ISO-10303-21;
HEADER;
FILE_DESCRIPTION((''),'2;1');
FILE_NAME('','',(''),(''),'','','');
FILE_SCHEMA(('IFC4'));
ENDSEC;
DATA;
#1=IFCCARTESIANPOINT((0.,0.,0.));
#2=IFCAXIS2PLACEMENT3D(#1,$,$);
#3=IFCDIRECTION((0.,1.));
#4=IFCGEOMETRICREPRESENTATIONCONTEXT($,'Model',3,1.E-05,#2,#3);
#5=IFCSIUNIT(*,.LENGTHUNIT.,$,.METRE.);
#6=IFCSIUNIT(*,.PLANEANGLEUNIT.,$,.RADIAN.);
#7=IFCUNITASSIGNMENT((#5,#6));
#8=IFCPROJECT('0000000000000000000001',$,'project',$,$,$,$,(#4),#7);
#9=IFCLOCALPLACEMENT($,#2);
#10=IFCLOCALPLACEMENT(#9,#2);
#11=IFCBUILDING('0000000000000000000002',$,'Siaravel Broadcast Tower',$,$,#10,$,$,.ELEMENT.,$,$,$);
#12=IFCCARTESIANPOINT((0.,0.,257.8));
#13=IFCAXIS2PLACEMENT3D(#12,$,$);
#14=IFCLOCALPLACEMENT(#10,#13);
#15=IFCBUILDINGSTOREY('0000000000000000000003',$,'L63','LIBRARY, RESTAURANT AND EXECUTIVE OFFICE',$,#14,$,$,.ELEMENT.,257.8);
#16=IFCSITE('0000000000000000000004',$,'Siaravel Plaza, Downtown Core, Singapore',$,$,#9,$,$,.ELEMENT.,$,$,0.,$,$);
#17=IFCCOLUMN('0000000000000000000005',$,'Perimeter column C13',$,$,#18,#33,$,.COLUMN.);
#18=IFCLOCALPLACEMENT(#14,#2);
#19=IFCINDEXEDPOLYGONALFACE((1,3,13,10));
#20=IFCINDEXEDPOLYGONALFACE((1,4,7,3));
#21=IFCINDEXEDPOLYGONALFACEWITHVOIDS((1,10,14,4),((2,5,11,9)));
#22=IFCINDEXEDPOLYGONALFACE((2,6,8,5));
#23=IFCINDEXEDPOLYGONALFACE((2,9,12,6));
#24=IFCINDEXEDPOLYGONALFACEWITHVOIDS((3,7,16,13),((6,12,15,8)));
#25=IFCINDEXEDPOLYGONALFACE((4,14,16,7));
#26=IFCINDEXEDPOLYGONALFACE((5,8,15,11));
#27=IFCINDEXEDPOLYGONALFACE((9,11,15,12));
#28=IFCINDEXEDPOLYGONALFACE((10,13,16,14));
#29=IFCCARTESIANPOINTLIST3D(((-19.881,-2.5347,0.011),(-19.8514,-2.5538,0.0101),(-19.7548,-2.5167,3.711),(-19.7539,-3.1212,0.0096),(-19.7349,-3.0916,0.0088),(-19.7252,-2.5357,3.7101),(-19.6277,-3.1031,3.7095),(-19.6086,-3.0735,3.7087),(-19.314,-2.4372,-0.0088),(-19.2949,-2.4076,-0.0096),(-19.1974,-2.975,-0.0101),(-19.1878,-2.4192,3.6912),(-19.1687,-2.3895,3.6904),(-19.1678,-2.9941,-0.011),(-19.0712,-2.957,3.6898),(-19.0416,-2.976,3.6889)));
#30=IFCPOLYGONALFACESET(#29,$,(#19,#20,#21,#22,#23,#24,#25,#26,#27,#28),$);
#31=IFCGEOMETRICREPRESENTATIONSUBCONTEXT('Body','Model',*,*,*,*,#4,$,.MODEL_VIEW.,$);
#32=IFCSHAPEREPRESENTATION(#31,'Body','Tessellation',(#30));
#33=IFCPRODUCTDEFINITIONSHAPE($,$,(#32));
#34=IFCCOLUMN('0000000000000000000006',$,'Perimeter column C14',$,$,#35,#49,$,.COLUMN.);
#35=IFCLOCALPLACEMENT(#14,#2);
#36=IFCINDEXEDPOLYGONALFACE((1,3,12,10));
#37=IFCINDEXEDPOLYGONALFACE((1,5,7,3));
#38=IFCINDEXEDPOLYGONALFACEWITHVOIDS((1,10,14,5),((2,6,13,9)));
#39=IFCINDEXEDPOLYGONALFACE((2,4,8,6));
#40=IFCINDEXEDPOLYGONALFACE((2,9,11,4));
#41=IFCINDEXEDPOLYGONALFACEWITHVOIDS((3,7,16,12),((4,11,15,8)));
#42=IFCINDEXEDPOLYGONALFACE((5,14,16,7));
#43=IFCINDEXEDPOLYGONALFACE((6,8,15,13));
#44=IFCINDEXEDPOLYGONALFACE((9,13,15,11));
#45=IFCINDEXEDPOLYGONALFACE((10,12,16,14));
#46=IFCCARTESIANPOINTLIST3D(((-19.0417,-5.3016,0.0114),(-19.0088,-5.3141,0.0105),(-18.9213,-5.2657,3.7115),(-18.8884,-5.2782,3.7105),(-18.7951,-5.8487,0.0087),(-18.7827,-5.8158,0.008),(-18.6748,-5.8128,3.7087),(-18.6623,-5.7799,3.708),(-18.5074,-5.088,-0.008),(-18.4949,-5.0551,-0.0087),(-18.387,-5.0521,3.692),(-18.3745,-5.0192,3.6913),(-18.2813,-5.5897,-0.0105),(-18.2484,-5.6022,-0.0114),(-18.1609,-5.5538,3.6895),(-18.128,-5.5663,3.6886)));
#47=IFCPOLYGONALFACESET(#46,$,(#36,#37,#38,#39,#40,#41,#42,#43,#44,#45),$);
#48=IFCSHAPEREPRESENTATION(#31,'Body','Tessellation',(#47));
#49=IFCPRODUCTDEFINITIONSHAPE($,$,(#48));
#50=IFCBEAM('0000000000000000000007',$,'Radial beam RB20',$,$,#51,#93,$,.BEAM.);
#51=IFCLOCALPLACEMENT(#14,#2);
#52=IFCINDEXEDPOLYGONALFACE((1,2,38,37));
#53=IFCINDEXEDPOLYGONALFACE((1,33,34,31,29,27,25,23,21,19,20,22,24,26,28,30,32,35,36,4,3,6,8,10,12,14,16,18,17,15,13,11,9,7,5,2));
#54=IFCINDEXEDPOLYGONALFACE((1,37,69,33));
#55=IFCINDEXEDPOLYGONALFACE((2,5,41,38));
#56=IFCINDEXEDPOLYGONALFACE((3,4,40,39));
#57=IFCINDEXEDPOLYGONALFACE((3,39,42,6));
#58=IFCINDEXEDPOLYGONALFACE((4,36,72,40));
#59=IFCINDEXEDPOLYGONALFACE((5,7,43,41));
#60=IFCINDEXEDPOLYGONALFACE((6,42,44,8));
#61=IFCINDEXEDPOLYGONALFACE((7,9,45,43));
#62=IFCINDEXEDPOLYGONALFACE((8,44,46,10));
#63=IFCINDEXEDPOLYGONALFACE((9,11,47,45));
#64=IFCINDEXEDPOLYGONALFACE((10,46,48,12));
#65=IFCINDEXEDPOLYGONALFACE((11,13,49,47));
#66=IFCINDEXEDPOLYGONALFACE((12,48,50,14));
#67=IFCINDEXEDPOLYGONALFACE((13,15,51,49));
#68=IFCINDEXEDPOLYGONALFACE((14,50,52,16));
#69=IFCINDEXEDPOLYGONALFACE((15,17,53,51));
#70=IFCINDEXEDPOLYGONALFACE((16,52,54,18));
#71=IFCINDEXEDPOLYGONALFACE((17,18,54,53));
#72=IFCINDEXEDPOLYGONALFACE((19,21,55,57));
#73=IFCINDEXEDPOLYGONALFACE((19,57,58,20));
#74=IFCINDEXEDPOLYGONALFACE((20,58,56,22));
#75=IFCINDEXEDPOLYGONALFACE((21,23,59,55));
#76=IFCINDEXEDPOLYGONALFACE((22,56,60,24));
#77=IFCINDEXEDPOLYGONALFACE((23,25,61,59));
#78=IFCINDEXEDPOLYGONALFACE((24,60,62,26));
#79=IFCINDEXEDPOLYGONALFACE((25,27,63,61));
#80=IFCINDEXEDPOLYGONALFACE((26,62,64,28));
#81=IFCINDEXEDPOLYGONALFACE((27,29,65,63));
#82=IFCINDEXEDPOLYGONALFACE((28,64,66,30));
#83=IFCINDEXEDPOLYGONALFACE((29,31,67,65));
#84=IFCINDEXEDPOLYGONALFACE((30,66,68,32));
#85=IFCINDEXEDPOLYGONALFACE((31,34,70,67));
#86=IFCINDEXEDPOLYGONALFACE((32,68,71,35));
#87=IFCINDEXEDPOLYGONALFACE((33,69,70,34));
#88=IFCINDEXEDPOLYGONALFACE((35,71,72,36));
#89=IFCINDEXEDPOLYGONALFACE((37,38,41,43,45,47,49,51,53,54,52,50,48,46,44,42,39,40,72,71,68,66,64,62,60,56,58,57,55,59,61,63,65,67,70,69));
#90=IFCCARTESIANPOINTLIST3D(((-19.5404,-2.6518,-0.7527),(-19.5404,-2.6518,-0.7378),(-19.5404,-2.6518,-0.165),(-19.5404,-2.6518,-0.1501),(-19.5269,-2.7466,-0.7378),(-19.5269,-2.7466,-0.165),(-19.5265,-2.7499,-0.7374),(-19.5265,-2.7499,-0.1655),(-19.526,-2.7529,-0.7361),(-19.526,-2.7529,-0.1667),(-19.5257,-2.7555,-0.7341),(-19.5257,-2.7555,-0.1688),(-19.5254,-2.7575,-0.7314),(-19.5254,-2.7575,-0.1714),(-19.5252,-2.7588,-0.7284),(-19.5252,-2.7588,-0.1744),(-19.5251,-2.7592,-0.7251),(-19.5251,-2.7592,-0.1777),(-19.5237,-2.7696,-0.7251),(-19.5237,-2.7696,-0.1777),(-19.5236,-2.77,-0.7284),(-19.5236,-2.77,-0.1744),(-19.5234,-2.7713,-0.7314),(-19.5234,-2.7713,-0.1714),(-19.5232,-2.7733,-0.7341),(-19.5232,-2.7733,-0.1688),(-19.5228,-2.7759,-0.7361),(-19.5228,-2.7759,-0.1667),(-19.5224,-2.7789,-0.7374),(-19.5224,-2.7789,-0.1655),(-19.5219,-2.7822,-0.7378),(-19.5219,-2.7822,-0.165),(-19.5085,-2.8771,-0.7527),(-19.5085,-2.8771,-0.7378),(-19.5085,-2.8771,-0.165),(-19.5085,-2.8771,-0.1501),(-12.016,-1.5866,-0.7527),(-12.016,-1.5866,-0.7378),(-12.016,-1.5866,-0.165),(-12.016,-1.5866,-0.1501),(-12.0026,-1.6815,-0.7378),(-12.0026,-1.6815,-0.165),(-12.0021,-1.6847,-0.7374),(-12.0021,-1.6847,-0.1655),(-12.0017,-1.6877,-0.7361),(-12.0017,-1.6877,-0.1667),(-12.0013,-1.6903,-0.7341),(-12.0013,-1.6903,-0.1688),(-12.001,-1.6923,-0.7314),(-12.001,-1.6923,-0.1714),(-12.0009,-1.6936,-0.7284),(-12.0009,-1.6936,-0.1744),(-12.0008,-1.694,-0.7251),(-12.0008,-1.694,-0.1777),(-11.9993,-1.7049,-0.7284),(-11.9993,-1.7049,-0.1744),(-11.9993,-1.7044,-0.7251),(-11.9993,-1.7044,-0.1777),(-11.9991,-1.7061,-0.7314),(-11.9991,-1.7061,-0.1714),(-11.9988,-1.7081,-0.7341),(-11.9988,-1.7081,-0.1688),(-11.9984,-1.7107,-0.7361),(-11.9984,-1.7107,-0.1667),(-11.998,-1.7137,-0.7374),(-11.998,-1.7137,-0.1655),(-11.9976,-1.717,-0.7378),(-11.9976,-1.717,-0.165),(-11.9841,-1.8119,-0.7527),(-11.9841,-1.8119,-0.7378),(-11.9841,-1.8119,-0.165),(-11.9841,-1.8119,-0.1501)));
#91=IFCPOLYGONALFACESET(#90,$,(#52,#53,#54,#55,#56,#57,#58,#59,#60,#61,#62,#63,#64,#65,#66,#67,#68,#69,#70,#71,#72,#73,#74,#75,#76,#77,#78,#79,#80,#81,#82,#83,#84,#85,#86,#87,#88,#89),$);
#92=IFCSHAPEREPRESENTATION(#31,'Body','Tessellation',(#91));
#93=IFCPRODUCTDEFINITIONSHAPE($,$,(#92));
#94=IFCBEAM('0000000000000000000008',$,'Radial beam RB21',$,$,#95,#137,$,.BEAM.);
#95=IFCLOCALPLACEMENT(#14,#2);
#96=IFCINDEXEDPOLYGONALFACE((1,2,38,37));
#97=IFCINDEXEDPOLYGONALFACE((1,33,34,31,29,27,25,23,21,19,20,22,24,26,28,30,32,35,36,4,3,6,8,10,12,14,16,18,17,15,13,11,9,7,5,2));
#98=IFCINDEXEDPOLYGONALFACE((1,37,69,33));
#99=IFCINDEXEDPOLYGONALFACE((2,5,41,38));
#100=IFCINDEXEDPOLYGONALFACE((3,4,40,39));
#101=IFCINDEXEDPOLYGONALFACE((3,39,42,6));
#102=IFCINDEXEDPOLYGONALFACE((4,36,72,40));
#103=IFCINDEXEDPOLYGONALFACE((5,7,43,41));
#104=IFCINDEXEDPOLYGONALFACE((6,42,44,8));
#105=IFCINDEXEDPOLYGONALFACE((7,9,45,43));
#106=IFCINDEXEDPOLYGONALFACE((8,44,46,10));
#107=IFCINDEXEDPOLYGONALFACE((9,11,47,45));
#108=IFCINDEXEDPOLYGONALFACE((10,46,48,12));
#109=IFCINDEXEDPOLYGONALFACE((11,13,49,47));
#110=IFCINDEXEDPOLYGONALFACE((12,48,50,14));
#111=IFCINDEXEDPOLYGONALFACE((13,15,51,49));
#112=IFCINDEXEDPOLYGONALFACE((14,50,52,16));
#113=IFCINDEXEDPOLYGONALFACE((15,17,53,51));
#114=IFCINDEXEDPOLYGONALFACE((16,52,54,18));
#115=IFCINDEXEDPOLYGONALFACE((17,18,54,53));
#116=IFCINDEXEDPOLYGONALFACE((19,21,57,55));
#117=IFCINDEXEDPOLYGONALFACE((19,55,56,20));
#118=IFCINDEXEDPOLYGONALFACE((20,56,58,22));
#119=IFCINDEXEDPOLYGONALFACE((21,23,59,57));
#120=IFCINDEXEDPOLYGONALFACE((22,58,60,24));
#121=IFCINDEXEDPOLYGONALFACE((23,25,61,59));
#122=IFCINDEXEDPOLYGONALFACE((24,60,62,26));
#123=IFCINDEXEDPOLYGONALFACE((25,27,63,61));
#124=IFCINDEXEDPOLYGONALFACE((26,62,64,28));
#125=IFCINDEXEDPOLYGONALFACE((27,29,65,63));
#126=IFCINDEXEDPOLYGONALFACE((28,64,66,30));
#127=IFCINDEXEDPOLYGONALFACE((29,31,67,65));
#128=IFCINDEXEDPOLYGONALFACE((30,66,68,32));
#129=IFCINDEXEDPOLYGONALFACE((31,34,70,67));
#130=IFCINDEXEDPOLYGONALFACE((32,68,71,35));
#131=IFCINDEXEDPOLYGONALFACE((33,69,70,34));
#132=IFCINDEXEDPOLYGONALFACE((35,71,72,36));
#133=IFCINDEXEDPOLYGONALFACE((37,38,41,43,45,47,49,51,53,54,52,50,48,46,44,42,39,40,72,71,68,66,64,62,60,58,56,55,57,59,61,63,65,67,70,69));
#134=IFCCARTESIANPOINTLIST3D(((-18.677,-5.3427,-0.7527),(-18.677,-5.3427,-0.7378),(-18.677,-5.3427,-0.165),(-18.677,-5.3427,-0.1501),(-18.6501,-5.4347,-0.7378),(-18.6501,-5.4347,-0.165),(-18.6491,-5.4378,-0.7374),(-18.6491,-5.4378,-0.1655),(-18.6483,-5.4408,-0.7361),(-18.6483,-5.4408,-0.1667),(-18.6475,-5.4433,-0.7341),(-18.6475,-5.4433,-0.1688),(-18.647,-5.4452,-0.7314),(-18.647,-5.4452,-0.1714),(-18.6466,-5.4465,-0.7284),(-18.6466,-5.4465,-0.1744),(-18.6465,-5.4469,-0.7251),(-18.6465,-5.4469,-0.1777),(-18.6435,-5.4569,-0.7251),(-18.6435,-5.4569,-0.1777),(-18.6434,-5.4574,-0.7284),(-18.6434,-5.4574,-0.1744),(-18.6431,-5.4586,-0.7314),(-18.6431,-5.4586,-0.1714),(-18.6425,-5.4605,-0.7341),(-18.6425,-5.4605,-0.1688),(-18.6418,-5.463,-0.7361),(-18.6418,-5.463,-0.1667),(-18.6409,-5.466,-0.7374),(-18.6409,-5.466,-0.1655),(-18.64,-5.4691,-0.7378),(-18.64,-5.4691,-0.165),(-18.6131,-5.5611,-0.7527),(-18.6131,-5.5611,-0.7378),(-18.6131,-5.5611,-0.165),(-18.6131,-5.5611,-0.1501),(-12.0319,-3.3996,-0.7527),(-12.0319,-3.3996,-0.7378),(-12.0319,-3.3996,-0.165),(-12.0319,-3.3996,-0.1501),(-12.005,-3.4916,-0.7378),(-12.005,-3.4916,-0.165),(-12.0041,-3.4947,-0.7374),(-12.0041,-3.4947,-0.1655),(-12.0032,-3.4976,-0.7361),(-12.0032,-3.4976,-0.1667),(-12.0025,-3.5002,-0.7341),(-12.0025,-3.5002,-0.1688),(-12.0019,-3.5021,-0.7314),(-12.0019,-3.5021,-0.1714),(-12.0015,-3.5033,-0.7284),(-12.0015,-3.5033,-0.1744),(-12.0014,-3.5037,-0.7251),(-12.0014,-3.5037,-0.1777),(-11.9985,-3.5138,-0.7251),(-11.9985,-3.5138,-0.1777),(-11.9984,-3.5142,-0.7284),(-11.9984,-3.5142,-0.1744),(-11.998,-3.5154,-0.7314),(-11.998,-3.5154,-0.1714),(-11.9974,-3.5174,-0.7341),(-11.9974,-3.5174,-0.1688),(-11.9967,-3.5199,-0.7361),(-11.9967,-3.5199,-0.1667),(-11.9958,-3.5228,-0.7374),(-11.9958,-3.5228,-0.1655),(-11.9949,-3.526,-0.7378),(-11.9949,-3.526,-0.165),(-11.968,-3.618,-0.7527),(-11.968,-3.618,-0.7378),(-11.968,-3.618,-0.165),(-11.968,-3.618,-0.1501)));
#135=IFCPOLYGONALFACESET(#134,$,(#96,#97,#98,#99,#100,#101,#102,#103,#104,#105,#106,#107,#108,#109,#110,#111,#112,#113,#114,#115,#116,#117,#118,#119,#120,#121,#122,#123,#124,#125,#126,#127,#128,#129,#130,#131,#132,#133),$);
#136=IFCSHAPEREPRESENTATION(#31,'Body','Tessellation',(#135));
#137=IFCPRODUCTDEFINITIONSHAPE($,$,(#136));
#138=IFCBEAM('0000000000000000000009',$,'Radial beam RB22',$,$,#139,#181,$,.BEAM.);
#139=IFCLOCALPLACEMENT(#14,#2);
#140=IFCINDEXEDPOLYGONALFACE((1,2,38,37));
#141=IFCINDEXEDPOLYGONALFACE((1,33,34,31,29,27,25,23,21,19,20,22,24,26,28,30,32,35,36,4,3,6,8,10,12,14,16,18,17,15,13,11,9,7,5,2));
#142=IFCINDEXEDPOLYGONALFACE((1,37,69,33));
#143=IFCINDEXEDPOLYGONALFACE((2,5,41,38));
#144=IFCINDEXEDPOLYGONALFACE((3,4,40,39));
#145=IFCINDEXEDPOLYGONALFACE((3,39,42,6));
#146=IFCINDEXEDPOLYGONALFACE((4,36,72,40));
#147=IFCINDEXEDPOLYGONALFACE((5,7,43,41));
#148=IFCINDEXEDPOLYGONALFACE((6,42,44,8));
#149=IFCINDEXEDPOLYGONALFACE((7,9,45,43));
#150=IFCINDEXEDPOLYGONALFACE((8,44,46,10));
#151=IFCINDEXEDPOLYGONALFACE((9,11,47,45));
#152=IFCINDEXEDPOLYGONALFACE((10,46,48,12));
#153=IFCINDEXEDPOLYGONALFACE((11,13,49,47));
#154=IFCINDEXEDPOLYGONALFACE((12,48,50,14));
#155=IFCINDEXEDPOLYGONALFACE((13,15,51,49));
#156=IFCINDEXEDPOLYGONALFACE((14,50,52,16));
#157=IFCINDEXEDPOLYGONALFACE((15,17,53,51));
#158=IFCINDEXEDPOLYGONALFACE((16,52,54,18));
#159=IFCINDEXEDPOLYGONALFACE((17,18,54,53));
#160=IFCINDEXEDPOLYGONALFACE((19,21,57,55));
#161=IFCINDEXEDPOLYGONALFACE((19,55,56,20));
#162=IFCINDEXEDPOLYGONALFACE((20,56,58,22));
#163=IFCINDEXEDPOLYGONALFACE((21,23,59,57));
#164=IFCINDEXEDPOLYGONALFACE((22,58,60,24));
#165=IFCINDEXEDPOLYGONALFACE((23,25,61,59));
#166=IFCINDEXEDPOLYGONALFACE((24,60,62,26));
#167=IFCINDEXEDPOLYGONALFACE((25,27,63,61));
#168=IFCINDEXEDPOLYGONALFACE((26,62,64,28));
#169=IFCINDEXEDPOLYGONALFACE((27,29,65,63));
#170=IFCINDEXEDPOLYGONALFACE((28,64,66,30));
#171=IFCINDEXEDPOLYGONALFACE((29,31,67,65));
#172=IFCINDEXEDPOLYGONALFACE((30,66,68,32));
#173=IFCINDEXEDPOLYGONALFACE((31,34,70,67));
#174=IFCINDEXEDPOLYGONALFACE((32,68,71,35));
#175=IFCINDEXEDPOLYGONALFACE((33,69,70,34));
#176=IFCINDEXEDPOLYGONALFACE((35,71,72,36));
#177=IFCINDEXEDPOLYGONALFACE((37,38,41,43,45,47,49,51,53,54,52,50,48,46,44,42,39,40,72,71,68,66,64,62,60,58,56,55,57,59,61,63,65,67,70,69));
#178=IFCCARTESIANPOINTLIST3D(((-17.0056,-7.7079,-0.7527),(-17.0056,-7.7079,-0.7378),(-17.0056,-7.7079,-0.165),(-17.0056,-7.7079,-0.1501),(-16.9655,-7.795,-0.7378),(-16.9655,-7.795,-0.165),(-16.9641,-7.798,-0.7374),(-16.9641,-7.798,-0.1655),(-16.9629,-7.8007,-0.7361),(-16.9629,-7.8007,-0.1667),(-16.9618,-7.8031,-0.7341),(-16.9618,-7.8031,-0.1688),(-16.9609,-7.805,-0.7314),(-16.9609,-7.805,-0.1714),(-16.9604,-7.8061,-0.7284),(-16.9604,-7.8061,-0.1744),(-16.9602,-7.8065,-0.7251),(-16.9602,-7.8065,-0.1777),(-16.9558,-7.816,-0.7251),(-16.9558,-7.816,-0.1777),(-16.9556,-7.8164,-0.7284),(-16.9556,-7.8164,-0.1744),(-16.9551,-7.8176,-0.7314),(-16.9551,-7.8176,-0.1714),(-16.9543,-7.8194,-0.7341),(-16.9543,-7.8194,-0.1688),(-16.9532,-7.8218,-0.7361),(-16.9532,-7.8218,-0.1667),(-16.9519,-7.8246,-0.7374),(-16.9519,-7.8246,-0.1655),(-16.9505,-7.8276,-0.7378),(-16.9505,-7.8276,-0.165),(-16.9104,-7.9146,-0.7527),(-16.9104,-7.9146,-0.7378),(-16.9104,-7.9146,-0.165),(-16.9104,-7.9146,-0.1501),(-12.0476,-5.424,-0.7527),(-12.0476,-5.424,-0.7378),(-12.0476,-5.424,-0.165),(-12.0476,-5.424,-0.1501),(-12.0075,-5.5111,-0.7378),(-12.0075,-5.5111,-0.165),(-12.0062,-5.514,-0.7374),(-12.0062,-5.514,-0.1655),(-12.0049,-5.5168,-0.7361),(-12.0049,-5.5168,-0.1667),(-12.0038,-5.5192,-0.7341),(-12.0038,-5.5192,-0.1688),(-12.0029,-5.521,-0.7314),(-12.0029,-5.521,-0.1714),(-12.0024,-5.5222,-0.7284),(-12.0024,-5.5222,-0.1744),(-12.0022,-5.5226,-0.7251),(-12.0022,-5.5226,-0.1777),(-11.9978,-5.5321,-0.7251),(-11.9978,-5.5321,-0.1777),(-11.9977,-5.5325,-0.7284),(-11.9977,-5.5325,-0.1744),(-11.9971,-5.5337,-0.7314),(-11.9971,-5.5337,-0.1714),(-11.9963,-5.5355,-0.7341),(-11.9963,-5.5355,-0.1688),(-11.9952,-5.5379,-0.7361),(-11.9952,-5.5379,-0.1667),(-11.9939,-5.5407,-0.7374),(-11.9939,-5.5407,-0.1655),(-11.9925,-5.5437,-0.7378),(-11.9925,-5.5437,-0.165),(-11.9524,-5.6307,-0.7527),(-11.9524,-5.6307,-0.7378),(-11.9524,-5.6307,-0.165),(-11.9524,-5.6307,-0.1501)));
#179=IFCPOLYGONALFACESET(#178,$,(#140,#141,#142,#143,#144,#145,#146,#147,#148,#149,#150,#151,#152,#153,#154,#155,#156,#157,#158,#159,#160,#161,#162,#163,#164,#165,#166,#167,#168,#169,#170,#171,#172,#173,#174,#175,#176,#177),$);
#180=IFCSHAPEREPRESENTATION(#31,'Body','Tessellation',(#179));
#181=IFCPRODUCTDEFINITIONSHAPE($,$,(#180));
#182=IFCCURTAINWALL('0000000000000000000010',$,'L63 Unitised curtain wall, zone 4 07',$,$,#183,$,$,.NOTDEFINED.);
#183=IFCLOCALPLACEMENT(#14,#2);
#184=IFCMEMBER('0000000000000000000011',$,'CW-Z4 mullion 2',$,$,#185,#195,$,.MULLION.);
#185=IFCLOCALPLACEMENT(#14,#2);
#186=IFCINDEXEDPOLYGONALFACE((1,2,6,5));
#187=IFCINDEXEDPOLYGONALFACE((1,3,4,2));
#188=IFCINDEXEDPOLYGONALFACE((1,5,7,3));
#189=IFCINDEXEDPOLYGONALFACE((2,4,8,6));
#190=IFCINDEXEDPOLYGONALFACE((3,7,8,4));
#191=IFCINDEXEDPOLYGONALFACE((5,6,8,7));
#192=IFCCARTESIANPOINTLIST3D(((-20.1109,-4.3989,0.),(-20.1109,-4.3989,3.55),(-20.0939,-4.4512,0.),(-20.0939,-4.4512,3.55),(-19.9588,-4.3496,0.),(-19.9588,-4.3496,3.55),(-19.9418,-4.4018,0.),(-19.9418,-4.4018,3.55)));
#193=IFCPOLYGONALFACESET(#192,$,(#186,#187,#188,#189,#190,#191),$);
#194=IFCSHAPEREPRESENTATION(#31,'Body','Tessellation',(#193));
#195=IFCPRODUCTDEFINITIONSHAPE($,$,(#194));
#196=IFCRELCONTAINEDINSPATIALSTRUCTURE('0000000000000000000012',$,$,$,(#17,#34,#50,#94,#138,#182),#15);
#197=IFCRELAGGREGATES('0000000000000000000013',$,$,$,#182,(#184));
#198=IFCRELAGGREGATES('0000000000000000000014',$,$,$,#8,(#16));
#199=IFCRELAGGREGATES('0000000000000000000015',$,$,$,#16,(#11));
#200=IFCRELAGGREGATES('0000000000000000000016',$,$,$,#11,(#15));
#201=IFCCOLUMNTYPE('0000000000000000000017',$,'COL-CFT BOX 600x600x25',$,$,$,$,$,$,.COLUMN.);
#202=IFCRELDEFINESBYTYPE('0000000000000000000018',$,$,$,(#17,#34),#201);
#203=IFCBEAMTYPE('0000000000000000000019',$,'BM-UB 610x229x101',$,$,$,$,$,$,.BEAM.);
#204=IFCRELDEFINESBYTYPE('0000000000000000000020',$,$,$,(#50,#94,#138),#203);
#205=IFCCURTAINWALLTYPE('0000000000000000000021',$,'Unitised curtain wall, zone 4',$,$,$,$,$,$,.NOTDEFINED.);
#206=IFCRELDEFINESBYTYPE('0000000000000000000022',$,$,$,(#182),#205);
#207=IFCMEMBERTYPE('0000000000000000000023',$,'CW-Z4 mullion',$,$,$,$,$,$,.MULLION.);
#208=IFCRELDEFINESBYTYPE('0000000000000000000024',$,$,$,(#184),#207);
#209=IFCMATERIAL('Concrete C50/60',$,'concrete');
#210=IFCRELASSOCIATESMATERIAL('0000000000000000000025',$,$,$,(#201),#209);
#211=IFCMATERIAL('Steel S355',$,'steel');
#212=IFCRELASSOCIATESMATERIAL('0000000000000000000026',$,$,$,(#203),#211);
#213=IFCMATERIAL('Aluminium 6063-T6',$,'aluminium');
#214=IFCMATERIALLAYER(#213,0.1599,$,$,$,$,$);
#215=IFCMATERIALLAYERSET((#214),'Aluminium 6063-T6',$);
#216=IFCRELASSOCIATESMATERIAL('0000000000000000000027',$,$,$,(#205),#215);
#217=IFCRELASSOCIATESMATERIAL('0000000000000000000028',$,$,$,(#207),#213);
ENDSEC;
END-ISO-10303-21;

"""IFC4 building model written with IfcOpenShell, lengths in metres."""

from ifc_helpers import new_model, si_unit, direction, frame, origin, origin_2d, place, context, subcontext, project, spatial, rectangle, hollow_rectangle, i_section, extrude, material, layer, layer_set, material_profile, profile_set, type_object, element, aggregate, save


model = new_model("IFC4")

# Units and contexts
model_context = context("Model", 3, precision=1e-05, world=origin(), true_north=direction((0.0, 1.0)))
body_context = subcontext(model_context, "Body", "Model", "MODEL_VIEW")
ifc_project = project(units=[si_unit("LENGTHUNIT", "METRE"), si_unit("PLANEANGLEUNIT", "RADIAN")], contexts=[model_context])

# Site, building, storey
site_placement = place(None, origin())
site = spatial("IfcSite", under=ifc_project, at=site_placement, Name="Siaravel Plaza, Downtown Core, Singapore", CompositionType="ELEMENT", RefElevation=0.0)
building_placement = place(site_placement, origin())
building = spatial("IfcBuilding", under=site, at=building_placement, Name="Siaravel Broadcast Tower", CompositionType="ELEMENT")
storey_placement = place(building_placement, frame((0.0, 0.0, 257.8)))
storey = spatial("IfcBuildingStorey", under=building, at=storey_placement, Name="L63", Description="LIBRARY, RESTAURANT AND EXECUTIVE OFFICE", CompositionType="ELEMENT", Elevation=257.8)

# Columns
ifc_material_1 = material(Name="Concrete C50/60", Category="concrete")
ifc_material_profile_1 = material_profile(ifc_material_1, hollow_rectangle(XDim=0.6001, YDim=0.6001, WallThickness=0.0249, at=origin_2d()))
ifc_profile_set_1 = profile_set([ifc_material_profile_1], Name="Concrete C50/60")
column_type = type_object("IfcColumnType", Name="COL-CFT BOX 600x600x25", PredefinedType="COLUMN", material=ifc_profile_set_1)
for number, where, z_axis, x_axis, name in (
    (1, (-19.5244, -2.7644, 0.0), (0.034094, 0.00488, 0.999407), (-0.211873, 0.977294, 0.002456), "Perimeter column C13"),
    (2, (-18.645, -5.4519, 0.0), (0.032512, 0.009694, 0.999424), (-0.41084, 0.911696, 0.004522), "Perimeter column C14"),
):
    element("IfcColumn", number, at=place(storey_placement, frame(where, z_axis=z_axis, x_axis=x_axis)), inside=storey, type_object=column_type, Name=name, PredefinedType="COLUMN", context=body_context, shape_type="SweptSolid", body=[
        extrude(hollow_rectangle(XDim=0.6001, YDim=0.6001, WallThickness=0.0249, at=origin_2d()), origin(), (0.0, 0.0, 1.0), 3.7021),
    ])

# Beams
ifc_material_2 = material(Name="Steel S355", Category="steel")
ifc_material_profile_2 = material_profile(ifc_material_2, i_section(OverallWidth=0.2275, OverallDepth=0.6025, WebThickness=0.0105, FlangeThickness=0.0149, FilletRadius=0.0127, at=origin_2d()))
ifc_profile_set_2 = profile_set([ifc_material_profile_2], Name="Steel S355")
beam_type = type_object("IfcBeamType", Name="BM-UB 610x229x101", PredefinedType="BEAM", material=ifc_profile_set_2)
beam_1_placement = place(storey_placement, frame((-19.5244, -2.7644, -0.4514), z_axis=(0.990128, 0.140166, 0.0), x_axis=(-0.140166, 0.990128, 0.0)))
element("IfcBeam", 3, at=beam_1_placement, inside=storey, type_object=beam_type, Name="Radial beam RB20", PredefinedType="BEAM", context=body_context, shape_type="SweptSolid", body=[
    extrude(i_section(OverallWidth=0.2275, OverallDepth=0.6025, WebThickness=0.0105, FlangeThickness=0.0149, FilletRadius=0.0127, at=origin_2d()), origin(), (0.0, 0.0, 1.0), 7.5994),
])
beam_2_placement = place(storey_placement, frame((-18.645, -5.4519, -0.4514), z_axis=(0.959806, 0.280663, 0.0), x_axis=(-0.280663, 0.959806, 0.0)))
element("IfcBeam", 4, at=beam_2_placement, inside=storey, type_object=beam_type, Name="Radial beam RB21", PredefinedType="BEAM", context=body_context, shape_type="SweptSolid", body=[
    extrude(i_section(OverallWidth=0.2275, OverallDepth=0.6025, WebThickness=0.0105, FlangeThickness=0.0149, FilletRadius=0.0127, at=origin_2d()), origin(), (0.0, 0.0, 1.0), 6.9233),
])
beam_3_placement = place(storey_placement, frame((-16.958, -7.8113, -0.4514), z_axis=(0.908264, 0.418397, 0.0), x_axis=(-0.418397, 0.908264, 0.0)))
element("IfcBeam", 5, at=beam_3_placement, inside=storey, type_object=beam_type, Name="Radial beam RB22", PredefinedType="BEAM", context=body_context, shape_type="SweptSolid", body=[
    extrude(i_section(OverallWidth=0.2275, OverallDepth=0.6025, WebThickness=0.0105, FlangeThickness=0.0149, FilletRadius=0.0127, at=origin_2d()), origin(), (0.0, 0.0, 1.0), 5.4587),
])

# Curtain wall, member
ifc_material_3 = material(Name="Aluminium 6063-T6", Category="aluminium")
ifc_layer_1 = layer(ifc_material_3, 0.1599)
ifc_layer_set_1 = layer_set([ifc_layer_1], Name="Aluminium 6063-T6")
curtain_wall_type = type_object("IfcCurtainWallType", Name="Unitised curtain wall, zone 4", PredefinedType="NOTDEFINED", material=ifc_layer_set_1)
curtain_wall_placement = place(storey_placement, origin())
curtain_wall = element("IfcCurtainWall", 6, at=curtain_wall_placement, inside=storey, type_object=curtain_wall_type, Name="L63 Unitised curtain wall, zone 4 07", PredefinedType="NOTDEFINED")
ifc_material_profile_3 = material_profile(ifc_material_3, rectangle(XDim=0.1599, YDim=0.0549, at=origin_2d()))
ifc_profile_set_3 = profile_set([ifc_material_profile_3], Name="Aluminium 6063-T6")
member_type_1 = type_object("IfcMemberType", Name="CW-Z4 mullion", PredefinedType="MULLION", material=ifc_profile_set_3)
member_1_placement = place(storey_placement, frame((-20.0264, -4.4004, 0.0), z_axis=(0.0, 0.0, 1.0), x_axis=(0.951178, 0.308644, 0.0)))
member_1 = element("IfcMember", 7, at=member_1_placement, type_object=member_type_1, Name="CW-Z4 mullion 2", PredefinedType="MULLION", context=body_context, shape_type="SweptSolid", body=[
    extrude(rectangle(XDim=0.1599, YDim=0.0549, at=origin_2d()), origin(), (0.0, 0.0, 1.0), 3.55),
])
aggregate(curtain_wall, [member_1])

save(model, "model.ifc")
